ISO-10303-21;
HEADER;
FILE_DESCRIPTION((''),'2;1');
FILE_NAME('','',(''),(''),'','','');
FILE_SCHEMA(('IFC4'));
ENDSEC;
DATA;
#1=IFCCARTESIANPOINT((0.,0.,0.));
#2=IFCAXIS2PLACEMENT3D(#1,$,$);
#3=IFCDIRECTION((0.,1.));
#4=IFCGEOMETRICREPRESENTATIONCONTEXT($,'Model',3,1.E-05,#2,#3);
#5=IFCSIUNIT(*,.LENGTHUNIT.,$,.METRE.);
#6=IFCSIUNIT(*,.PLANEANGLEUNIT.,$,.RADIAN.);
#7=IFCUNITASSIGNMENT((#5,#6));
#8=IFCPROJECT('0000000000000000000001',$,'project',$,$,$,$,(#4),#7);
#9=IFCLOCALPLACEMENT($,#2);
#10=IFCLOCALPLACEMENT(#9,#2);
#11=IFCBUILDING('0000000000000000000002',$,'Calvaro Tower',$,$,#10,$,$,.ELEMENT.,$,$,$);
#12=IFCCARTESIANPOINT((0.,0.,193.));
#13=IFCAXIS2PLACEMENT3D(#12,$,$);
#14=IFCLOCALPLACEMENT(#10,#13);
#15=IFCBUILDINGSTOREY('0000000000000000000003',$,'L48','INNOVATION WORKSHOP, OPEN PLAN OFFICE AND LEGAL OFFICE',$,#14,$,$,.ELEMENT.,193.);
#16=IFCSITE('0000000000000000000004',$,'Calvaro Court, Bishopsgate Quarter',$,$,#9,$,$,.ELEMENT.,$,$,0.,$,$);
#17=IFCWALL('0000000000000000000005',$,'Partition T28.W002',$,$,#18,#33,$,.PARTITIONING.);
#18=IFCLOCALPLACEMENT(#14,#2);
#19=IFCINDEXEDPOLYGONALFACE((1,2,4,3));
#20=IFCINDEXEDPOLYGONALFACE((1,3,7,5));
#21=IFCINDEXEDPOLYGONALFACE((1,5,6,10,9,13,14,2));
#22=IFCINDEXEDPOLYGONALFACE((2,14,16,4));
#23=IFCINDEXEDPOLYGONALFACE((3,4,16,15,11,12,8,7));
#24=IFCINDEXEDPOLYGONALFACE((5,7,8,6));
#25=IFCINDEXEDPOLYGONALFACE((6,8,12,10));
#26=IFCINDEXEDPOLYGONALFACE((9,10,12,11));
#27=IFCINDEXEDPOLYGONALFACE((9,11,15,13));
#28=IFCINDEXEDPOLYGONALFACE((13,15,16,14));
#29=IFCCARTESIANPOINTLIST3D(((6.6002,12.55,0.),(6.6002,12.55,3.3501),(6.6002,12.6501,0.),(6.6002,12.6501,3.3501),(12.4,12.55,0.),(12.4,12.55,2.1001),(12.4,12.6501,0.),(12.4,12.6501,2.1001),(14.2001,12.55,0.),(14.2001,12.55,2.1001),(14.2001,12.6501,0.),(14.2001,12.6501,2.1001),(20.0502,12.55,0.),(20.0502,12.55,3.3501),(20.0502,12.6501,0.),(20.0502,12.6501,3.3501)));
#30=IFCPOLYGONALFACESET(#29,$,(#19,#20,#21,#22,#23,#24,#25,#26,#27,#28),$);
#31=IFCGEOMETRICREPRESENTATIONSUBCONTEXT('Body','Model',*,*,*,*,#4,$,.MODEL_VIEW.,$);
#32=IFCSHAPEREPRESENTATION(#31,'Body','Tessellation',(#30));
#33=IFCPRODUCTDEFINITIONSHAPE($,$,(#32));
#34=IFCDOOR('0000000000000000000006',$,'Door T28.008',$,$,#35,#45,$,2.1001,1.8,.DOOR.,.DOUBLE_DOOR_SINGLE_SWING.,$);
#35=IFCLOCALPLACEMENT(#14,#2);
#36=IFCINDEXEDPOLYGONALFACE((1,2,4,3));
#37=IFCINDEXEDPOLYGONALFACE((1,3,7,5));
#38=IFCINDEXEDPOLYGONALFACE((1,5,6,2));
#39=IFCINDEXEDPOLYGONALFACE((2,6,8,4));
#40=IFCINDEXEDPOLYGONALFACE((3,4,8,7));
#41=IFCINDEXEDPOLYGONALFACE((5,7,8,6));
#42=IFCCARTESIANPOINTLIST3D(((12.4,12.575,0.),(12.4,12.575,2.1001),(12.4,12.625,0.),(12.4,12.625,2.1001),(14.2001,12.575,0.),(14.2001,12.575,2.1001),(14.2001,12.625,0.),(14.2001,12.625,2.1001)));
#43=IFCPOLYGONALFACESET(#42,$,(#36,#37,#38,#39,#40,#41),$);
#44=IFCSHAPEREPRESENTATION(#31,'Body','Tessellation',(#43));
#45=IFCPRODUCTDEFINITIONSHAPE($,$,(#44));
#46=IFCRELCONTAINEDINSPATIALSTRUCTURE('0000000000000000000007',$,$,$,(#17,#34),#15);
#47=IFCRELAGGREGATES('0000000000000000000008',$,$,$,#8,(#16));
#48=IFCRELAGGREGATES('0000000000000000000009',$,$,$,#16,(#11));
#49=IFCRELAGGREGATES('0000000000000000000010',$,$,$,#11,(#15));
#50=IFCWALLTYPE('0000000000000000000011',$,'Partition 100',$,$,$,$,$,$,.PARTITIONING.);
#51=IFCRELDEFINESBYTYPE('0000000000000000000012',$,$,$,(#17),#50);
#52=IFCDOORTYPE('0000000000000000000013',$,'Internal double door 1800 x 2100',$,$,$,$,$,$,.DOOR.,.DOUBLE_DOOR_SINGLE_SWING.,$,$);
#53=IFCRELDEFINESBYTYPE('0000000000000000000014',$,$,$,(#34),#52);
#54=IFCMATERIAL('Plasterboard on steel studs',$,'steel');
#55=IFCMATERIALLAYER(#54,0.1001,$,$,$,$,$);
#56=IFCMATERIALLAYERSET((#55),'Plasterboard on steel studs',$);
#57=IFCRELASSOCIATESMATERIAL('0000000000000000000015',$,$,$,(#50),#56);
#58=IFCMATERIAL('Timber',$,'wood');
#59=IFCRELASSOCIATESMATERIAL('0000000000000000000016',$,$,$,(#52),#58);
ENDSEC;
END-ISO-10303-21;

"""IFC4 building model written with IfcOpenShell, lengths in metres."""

from ifc_helpers import new_model, si_unit, direction, frame, frame_2d, origin, place, context, subcontext, project, spatial, rectangle, extrude, material, layer, layer_set, type_object, element, fill, save


model = new_model("IFC4")

# Units and contexts
model_context = context("Model", 3, precision=1e-05, world=origin(), true_north=direction((0.0, 1.0)))
body_context = subcontext(model_context, "Body", "Model", "MODEL_VIEW")
ifc_project = project(units=[si_unit("LENGTHUNIT", "METRE"), si_unit("PLANEANGLEUNIT", "RADIAN")], contexts=[model_context])

# Site, building, storey
site_placement = place(None, origin())
site = spatial("IfcSite", under=ifc_project, at=site_placement, Name="Calvaro Court, Bishopsgate Quarter", CompositionType="ELEMENT", RefElevation=0.0)
building_placement = place(site_placement, origin())
building = spatial("IfcBuilding", under=site, at=building_placement, Name="Calvaro Tower", CompositionType="ELEMENT")
storey_placement = place(building_placement, frame((0.0, 0.0, 193.0)))
storey = spatial("IfcBuildingStorey", under=building, at=storey_placement, Name="L48", Description="INNOVATION WORKSHOP, OPEN PLAN OFFICE AND LEGAL OFFICE", CompositionType="ELEMENT", Elevation=193.0)

# Shared definitions
ifc_material_1 = material(Name="Plasterboard on steel studs", Category="steel")
ifc_layer_1 = layer(ifc_material_1, 0.1001)
ifc_layer_set_1 = layer_set([ifc_layer_1], Name="Plasterboard on steel studs")
wall_type_1 = type_object("IfcWallType", Name="Partition 100", PredefinedType="PARTITIONING", material=ifc_layer_set_1)
ifc_material_2 = material(Name="Timber", Category="wood")
door_type_1 = type_object("IfcDoorType", Name="Internal double door 1800 x 2100", OperationType="DOUBLE_DOOR_SINGLE_SWING", PredefinedType="DOOR", material=ifc_material_2)

# Wall, opening, door
wall_1_placement = place(storey_placement, frame((6.6001, 12.6001, 0.0), z_axis=(0.0, 0.0, 1.0), x_axis=(1.0, 0.0, 0.0)))
wall_1 = element("IfcWall", 1, at=wall_1_placement, inside=storey, type_object=wall_type_1, Name="Partition T28.W002", PredefinedType="PARTITIONING", context=body_context, shape_type="SweptSolid", body=[
    extrude(rectangle(XDim=13.45, YDim=0.1001, at=frame_2d((6.7251, 0.0))), origin(), (0.0, 0.0, 1.0), 3.3501),
])
opening_1_placement = place(wall_1_placement, frame((5.8, 0.0, 0.0)))
opening_1 = element("IfcOpeningElement", 2, at=opening_1_placement, cuts=wall_1, PredefinedType="OPENING", context=body_context, shape_type="SweptSolid", body=[
    extrude(rectangle(XDim=1.8, YDim=2.1001, at=frame_2d((0.8999, 1.05))), frame((0.0, 0.0601, 0.0), z_axis=(0.0, -1.0, 0.0), x_axis=(1.0, 0.0, 0.0)), (0.0, 0.0, 1.0), 0.1201),
])
door_1_placement = place(opening_1_placement, origin())
door_1 = element("IfcDoor", 3, at=door_1_placement, inside=storey, type_object=door_type_1, Name="Door T28.008", OperationType="DOUBLE_DOOR_SINGLE_SWING", OverallHeight=2.1001, OverallWidth=1.8, PredefinedType="DOOR", context=body_context, shape_type="SweptSolid", body=[
    extrude(rectangle(XDim=1.8, YDim=2.1001, at=frame_2d((0.8999, 1.05))), frame((0.0, 0.0249, 0.0), z_axis=(0.0, -1.0, 0.0), x_axis=(1.0, 0.0, 0.0)), (0.0, 0.0, 1.0), 0.05),
])
fill(opening_1, door_1)

save(model, "model.ifc")
